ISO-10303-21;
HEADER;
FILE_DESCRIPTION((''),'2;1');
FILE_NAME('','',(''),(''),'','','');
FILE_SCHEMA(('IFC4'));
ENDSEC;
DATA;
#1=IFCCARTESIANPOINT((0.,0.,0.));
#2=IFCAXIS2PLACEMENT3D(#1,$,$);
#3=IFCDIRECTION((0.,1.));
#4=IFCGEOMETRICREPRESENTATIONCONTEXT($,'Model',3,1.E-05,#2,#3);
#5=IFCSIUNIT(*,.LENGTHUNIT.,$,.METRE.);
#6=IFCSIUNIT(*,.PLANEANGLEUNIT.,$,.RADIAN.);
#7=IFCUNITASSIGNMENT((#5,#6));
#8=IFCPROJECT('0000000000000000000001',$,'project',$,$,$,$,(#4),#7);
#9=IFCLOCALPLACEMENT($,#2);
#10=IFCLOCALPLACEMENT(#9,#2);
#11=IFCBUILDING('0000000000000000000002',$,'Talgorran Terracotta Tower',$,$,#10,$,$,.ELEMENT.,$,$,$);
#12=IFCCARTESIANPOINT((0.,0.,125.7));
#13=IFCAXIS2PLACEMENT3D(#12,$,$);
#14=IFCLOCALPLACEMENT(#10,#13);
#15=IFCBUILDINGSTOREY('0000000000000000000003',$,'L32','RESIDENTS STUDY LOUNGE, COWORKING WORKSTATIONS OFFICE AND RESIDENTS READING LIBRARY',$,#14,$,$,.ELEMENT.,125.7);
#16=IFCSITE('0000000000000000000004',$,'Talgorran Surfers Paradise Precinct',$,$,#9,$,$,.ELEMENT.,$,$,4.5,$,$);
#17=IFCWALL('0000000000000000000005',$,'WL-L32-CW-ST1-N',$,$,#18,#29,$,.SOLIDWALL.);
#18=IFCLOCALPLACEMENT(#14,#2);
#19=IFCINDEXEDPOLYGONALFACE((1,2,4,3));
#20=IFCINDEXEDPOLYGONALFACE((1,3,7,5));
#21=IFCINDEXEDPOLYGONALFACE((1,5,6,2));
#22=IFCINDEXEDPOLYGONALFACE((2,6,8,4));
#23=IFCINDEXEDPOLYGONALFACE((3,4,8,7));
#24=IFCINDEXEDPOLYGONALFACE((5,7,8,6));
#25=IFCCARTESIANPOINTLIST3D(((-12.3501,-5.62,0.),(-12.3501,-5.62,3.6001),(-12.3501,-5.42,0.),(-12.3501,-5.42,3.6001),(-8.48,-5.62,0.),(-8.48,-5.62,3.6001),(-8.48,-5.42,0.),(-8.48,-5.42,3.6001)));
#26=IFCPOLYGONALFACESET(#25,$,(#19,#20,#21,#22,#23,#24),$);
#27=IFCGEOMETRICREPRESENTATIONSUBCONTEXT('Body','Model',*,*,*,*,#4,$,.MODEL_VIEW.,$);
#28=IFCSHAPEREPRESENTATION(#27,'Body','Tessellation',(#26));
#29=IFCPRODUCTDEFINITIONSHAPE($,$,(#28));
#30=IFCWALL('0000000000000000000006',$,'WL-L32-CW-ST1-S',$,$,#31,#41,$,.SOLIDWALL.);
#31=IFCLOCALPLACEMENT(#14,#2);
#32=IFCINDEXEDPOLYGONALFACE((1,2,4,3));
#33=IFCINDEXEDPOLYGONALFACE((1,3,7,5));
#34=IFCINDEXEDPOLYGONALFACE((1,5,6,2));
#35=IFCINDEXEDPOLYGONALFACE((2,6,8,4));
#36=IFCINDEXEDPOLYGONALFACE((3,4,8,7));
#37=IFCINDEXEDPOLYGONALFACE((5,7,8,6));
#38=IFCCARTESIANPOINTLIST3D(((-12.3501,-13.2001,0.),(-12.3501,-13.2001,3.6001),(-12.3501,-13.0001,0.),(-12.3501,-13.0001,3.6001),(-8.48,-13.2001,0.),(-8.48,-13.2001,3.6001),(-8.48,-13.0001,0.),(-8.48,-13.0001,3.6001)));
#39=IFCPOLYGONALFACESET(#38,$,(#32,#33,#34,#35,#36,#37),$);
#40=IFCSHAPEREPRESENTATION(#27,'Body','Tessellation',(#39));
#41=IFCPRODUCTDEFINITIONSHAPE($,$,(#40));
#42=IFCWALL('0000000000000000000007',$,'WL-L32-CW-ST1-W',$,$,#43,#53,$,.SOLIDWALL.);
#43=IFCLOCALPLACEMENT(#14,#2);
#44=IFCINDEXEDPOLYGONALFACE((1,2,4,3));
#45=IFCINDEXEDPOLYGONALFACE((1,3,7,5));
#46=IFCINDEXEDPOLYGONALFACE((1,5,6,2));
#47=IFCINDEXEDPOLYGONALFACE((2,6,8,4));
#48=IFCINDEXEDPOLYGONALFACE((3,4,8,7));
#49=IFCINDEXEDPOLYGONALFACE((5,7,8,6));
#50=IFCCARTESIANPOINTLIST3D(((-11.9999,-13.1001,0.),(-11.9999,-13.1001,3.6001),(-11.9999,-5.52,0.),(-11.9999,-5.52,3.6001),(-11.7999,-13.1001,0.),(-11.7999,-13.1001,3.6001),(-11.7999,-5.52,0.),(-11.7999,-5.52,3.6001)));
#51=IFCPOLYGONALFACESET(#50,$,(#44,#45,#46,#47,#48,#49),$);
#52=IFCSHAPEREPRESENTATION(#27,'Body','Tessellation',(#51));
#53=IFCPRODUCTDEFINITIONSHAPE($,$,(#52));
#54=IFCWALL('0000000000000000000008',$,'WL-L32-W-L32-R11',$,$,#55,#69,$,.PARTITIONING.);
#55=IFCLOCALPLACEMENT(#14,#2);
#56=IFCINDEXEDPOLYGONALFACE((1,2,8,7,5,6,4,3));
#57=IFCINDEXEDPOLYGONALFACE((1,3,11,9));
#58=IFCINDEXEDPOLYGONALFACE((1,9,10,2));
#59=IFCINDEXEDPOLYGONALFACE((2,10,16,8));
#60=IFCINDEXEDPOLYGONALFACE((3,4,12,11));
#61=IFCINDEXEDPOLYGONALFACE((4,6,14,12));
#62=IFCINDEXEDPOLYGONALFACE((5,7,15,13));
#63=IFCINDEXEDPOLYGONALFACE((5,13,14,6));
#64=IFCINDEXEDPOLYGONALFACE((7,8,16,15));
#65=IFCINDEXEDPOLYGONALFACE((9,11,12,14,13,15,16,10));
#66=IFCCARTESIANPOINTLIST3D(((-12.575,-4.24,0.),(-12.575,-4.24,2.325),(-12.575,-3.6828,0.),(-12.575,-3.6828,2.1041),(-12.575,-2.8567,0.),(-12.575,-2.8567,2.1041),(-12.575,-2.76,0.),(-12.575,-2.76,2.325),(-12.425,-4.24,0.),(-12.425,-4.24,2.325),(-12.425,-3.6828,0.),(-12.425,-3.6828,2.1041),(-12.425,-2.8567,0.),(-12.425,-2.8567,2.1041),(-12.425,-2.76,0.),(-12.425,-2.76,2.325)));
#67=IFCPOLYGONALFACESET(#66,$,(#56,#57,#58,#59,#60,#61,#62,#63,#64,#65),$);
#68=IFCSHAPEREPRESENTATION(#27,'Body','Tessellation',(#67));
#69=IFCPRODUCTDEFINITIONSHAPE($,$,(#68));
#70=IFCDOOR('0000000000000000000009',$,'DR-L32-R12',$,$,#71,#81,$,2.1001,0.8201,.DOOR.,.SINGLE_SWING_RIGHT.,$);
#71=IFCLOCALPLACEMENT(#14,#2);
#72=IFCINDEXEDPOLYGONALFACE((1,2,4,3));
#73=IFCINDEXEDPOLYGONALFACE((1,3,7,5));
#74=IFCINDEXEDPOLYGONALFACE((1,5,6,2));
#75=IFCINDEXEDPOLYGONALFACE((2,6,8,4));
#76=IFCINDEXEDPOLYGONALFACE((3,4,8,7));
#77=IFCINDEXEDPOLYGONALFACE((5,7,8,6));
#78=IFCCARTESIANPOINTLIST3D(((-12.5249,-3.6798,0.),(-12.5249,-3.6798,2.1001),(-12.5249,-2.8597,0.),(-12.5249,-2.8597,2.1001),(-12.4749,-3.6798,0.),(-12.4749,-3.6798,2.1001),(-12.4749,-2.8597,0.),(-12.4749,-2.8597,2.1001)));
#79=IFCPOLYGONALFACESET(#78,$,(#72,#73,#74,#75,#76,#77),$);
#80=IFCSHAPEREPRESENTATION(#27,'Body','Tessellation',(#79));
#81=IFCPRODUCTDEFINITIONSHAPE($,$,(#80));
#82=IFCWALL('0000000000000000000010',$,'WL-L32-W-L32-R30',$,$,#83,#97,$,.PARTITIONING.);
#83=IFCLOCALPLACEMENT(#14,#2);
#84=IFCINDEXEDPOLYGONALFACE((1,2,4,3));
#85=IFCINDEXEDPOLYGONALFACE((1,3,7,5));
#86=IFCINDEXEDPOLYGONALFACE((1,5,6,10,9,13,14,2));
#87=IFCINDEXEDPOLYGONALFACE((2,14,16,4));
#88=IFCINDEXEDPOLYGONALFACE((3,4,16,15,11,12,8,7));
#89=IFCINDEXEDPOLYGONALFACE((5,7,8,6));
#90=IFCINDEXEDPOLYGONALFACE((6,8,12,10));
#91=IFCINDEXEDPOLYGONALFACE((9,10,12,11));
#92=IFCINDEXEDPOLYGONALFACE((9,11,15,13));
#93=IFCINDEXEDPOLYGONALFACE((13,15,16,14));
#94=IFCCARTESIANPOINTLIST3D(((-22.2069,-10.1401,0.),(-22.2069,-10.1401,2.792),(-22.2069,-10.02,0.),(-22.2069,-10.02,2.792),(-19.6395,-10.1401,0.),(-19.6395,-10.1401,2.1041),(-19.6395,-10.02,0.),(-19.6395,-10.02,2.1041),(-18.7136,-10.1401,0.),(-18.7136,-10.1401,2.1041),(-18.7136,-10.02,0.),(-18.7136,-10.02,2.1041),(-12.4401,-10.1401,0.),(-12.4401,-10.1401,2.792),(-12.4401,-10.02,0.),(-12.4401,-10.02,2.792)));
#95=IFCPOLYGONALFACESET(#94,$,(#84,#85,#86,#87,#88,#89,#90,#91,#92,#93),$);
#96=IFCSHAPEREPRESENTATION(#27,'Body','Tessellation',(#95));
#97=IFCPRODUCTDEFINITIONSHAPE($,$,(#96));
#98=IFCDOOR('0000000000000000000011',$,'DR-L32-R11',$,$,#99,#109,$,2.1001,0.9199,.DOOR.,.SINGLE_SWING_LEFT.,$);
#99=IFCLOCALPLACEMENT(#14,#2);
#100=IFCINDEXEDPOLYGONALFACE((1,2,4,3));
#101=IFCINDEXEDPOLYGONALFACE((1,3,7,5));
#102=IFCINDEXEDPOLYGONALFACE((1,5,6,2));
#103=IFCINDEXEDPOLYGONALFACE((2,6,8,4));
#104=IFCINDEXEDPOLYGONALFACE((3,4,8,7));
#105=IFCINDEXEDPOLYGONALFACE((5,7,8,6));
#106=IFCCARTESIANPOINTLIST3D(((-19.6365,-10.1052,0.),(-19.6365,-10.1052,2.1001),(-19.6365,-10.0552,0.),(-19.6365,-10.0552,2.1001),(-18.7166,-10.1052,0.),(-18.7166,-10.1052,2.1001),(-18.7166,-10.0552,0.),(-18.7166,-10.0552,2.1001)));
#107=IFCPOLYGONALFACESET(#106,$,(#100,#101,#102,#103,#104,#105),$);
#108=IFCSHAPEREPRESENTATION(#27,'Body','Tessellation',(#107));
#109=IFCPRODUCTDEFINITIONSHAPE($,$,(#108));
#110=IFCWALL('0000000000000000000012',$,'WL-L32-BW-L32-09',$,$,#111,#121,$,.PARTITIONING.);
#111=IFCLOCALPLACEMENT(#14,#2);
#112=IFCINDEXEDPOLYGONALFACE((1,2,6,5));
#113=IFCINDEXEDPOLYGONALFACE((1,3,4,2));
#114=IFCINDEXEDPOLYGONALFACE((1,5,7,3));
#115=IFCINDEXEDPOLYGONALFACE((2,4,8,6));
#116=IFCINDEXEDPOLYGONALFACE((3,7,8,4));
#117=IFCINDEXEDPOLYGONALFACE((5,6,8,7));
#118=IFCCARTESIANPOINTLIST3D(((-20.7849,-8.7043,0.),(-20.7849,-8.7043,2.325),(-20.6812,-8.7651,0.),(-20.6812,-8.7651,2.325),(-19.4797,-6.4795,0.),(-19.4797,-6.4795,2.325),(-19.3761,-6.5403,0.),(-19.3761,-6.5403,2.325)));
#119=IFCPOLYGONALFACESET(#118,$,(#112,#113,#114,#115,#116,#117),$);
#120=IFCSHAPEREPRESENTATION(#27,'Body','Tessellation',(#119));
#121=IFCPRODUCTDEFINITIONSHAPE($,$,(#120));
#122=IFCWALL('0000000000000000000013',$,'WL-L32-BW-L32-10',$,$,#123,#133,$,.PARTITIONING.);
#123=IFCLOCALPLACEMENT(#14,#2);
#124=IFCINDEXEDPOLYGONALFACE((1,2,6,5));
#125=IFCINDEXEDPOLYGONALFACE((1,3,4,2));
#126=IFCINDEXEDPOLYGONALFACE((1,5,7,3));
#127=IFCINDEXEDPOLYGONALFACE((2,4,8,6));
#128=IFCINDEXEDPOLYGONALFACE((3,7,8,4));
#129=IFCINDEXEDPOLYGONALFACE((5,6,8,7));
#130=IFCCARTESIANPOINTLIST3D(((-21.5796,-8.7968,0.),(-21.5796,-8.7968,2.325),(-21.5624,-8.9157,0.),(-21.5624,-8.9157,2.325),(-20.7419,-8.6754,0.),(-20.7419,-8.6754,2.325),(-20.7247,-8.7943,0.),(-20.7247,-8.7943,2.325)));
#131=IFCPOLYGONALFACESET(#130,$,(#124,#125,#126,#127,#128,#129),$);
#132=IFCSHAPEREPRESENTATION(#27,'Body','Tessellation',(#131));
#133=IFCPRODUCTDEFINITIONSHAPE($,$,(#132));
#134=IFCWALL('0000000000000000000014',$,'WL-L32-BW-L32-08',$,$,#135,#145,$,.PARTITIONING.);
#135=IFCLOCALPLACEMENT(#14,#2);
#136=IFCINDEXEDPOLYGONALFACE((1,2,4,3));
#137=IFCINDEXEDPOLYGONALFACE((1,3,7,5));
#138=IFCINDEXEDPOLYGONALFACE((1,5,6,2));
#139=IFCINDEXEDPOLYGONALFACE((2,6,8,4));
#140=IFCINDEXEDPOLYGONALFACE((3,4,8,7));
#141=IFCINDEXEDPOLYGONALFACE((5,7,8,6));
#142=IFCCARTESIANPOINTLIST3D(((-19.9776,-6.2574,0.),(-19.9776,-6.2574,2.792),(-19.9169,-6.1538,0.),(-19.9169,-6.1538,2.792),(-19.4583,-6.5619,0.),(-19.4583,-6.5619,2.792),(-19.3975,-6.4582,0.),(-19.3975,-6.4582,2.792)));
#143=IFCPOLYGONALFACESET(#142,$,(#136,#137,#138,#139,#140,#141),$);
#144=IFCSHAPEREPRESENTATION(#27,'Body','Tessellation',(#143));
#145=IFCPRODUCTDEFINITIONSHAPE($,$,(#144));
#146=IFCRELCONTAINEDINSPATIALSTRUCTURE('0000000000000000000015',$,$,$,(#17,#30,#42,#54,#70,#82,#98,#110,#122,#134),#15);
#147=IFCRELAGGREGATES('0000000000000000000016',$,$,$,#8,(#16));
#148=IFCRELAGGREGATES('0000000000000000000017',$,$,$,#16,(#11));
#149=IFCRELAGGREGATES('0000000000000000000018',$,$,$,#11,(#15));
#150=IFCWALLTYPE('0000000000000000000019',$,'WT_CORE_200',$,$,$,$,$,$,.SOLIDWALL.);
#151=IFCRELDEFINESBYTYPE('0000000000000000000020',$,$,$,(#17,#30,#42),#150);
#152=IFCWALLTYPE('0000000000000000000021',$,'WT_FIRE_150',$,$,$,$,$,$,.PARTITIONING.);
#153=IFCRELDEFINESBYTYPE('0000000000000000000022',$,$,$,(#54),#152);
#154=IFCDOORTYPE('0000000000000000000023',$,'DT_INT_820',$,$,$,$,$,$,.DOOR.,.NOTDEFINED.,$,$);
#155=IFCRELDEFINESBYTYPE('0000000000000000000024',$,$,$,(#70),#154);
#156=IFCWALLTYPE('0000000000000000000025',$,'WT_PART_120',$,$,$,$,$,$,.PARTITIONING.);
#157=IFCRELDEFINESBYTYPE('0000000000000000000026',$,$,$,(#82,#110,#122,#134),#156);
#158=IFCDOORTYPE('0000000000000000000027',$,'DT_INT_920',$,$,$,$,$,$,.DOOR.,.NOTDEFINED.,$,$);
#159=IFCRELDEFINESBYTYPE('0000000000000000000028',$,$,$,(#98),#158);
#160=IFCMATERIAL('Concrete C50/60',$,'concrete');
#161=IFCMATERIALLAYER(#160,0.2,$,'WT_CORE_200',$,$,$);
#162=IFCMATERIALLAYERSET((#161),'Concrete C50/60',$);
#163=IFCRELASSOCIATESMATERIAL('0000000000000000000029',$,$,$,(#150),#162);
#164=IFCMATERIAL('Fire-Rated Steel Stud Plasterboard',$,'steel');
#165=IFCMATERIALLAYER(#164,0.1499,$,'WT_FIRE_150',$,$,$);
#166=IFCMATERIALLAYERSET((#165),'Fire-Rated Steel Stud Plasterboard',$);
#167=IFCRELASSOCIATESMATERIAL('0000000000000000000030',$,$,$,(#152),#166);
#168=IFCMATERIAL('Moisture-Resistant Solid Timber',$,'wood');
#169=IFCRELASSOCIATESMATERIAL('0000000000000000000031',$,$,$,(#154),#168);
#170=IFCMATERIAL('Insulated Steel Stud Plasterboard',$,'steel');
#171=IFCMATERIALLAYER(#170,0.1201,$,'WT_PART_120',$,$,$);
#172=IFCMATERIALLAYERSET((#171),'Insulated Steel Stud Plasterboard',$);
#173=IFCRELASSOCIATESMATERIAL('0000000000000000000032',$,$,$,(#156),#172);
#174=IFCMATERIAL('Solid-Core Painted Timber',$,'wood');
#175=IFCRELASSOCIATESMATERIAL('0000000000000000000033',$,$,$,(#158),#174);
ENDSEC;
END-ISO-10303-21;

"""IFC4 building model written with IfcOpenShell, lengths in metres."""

from ifc_helpers import new_model, si_unit, direction, frame, frame_2d, origin, place, context, subcontext, project, spatial, rectangle, extrude, material, layer, layer_set, type_object, element, fill, save


model = new_model("IFC4")

# Units and contexts
model_context = context("Model", 3, precision=1e-05, world=origin(), true_north=direction((0.0, 1.0)))
body_context = subcontext(model_context, "Body", "Model", "MODEL_VIEW")
ifc_project = project(units=[si_unit("LENGTHUNIT", "METRE"), si_unit("PLANEANGLEUNIT", "RADIAN")], contexts=[model_context])

# Site, building, storey
site_placement = place(None, origin())
site = spatial("IfcSite", under=ifc_project, at=site_placement, Name="Talgorran Surfers Paradise Precinct", CompositionType="ELEMENT", RefElevation=4.5)
building_placement = place(site_placement, origin())
building = spatial("IfcBuilding", under=site, at=building_placement, Name="Talgorran Terracotta Tower", CompositionType="ELEMENT")
storey_placement = place(building_placement, frame((0.0, 0.0, 125.7)))
storey = spatial("IfcBuildingStorey", under=building, at=storey_placement, Name="L32", Description="RESIDENTS STUDY LOUNGE, COWORKING WORKSTATIONS OFFICE AND RESIDENTS READING LIBRARY", CompositionType="ELEMENT", Elevation=125.7)

# Walls
ifc_material_1 = material(Name="Concrete C50/60", Category="concrete")
ifc_layer_1 = layer(ifc_material_1, 0.2, Name="WT_CORE_200")
ifc_layer_set_1 = layer_set([ifc_layer_1], Name="Concrete C50/60")
wall_type_1 = type_object("IfcWallType", Name="WT_CORE_200", PredefinedType="SOLIDWALL", material=ifc_layer_set_1)
for number, where, z_axis, x_axis, name in (
    (1, (-12.3501, -5.52, 0.0), (0.0, 0.0, 1.0), (1.0, 0.0, 0.0), "WL-L32-CW-ST1-N"),
    (2, (-12.3501, -13.1001, 0.0), (0.0, 0.0, 1.0), (1.0, 0.0, 0.0), "WL-L32-CW-ST1-S"),
):
    element("IfcWall", number, at=place(storey_placement, frame(where, z_axis=z_axis, x_axis=x_axis)), inside=storey, type_object=wall_type_1, Name=name, PredefinedType="SOLIDWALL", context=body_context, shape_type="SweptSolid", body=[
        extrude(rectangle(XDim=3.8701, YDim=0.2, at=frame_2d((1.9351, 0.0))), origin(), (0.0, 0.0, 1.0), 3.6001),
    ])
wall_1_placement = place(storey_placement, frame((-11.8999, -13.1001, 0.0), z_axis=(0.0, 0.0, 1.0), x_axis=(0.0, 1.0, 0.0)))
element("IfcWall", 3, at=wall_1_placement, inside=storey, type_object=wall_type_1, Name="WL-L32-CW-ST1-W", PredefinedType="SOLIDWALL", context=body_context, shape_type="SweptSolid", body=[
    extrude(rectangle(XDim=7.5801, YDim=0.2, at=frame_2d((3.79, 0.0))), origin(), (0.0, 0.0, 1.0), 3.6001),
])

# Walls, openings, doors
ifc_material_2 = material(Name="Fire-Rated Steel Stud Plasterboard", Category="steel")
ifc_layer_2 = layer(ifc_material_2, 0.1499, Name="WT_FIRE_150")
ifc_layer_set_2 = layer_set([ifc_layer_2], Name="Fire-Rated Steel Stud Plasterboard")
wall_type_2 = type_object("IfcWallType", Name="WT_FIRE_150", PredefinedType="PARTITIONING", material=ifc_layer_set_2)
wall_2_placement = place(storey_placement, frame((-12.5, -4.24, 0.0), z_axis=(0.0, 0.0, 1.0), x_axis=(0.0, 1.0, 0.0)))
wall_2 = element("IfcWall", 4, at=wall_2_placement, inside=storey, type_object=wall_type_2, Name="WL-L32-W-L32-R11", PredefinedType="PARTITIONING", context=body_context, shape_type="SweptSolid", body=[
    extrude(rectangle(XDim=1.48, YDim=0.1499, at=frame_2d((0.74, 0.0))), origin(), (0.0, 0.0, 1.0), 2.325),
])
opening_1_placement = place(wall_2_placement, frame((0.5601, 0.0, 0.0)))
opening_1 = element("IfcOpeningElement", 5, at=opening_1_placement, cuts=wall_2, PredefinedType="OPENING", context=body_context, shape_type="SweptSolid", body=[
    extrude(rectangle(XDim=0.8261, YDim=2.1041, at=frame_2d((0.4102, 1.052))), frame((0.0, 0.085, 0.0), z_axis=(0.0, -1.0, 0.0), x_axis=(1.0, 0.0, 0.0)), (0.0, 0.0, 1.0), 0.1699),
])
ifc_material_3 = material(Name="Moisture-Resistant Solid Timber", Category="wood")
door_type_1 = type_object("IfcDoorType", Name="DT_INT_820", OperationType="NOTDEFINED", PredefinedType="DOOR", material=ifc_material_3)
door_1_placement = place(opening_1_placement, origin())
door_1 = element("IfcDoor", 6, at=door_1_placement, inside=storey, type_object=door_type_1, Name="DR-L32-R12", OperationType="SINGLE_SWING_RIGHT", OverallHeight=2.1001, OverallWidth=0.8201, PredefinedType="DOOR", context=body_context, shape_type="SweptSolid", body=[
    extrude(rectangle(XDim=0.8201, YDim=2.1001, at=frame_2d((0.4102, 1.05))), frame((0.0, 0.0249, 0.0), z_axis=(0.0, -1.0, 0.0), x_axis=(1.0, 0.0, 0.0)), (0.0, 0.0, 1.0), 0.05),
])
fill(opening_1, door_1)
ifc_material_4 = material(Name="Insulated Steel Stud Plasterboard", Category="steel")
ifc_layer_3 = layer(ifc_material_4, 0.1201, Name="WT_PART_120")
ifc_layer_set_3 = layer_set([ifc_layer_3], Name="Insulated Steel Stud Plasterboard")
wall_type_3 = type_object("IfcWallType", Name="WT_PART_120", PredefinedType="PARTITIONING", material=ifc_layer_set_3)
wall_3_placement = place(storey_placement, frame((-22.2068, -10.0801, 0.0), z_axis=(0.0, 0.0, 1.0), x_axis=(1.0, 0.0, 0.0)))
wall_3 = element("IfcWall", 7, at=wall_3_placement, inside=storey, type_object=wall_type_3, Name="WL-L32-W-L32-R30", PredefinedType="PARTITIONING", context=body_context, shape_type="SweptSolid", body=[
    extrude(rectangle(XDim=9.7668, YDim=0.1201, at=frame_2d((4.8833, 0.0))), origin(), (0.0, 0.0, 1.0), 2.792),
])
opening_2_placement = place(wall_3_placement, frame((2.5703, 0.0, 0.0)))
opening_2 = element("IfcOpeningElement", 8, at=opening_2_placement, cuts=wall_3, PredefinedType="OPENING", context=body_context, shape_type="SweptSolid", body=[
    extrude(rectangle(XDim=0.9259, YDim=2.1041, at=frame_2d((0.46, 1.052))), frame((0.0, 0.0701, 0.0), z_axis=(0.0, -1.0, 0.0), x_axis=(1.0, 0.0, 0.0)), (0.0, 0.0, 1.0), 0.1401),
])
ifc_material_5 = material(Name="Solid-Core Painted Timber", Category="wood")
door_type_2 = type_object("IfcDoorType", Name="DT_INT_920", OperationType="NOTDEFINED", PredefinedType="DOOR", material=ifc_material_5)
door_2_placement = place(opening_2_placement, origin())
door_2 = element("IfcDoor", 9, at=door_2_placement, inside=storey, type_object=door_type_2, Name="DR-L32-R11", OperationType="SINGLE_SWING_LEFT", OverallHeight=2.1001, OverallWidth=0.9199, PredefinedType="DOOR", context=body_context, shape_type="SweptSolid", body=[
    extrude(rectangle(XDim=0.9199, YDim=2.1001, at=frame_2d((0.46, 1.05))), frame((0.0, 0.0249, 0.0), z_axis=(0.0, -1.0, 0.0), x_axis=(1.0, 0.0, 0.0)), (0.0, 0.0, 1.0), 0.05),
])
fill(opening_2, door_2)

# Walls
wall_4_placement = place(storey_placement, frame((-19.428, -6.51, 0.0), z_axis=(0.0, 0.0, 1.0), x_axis=(-0.505994, -0.862537, 0.0)))
element("IfcWall", 10, at=wall_4_placement, inside=storey, type_object=wall_type_3, Name="WL-L32-BW-L32-09", PredefinedType="PARTITIONING", context=body_context, shape_type="SweptSolid", body=[
    extrude(rectangle(XDim=2.5793, YDim=0.1201, at=frame_2d((1.2896, 0.0))), origin(), (0.0, 0.0, 1.0), 2.325),
])
wall_5_placement = place(storey_placement, frame((-20.7332, -8.7349, 0.0), z_axis=(0.0, 0.0, 1.0), x_axis=(-0.989671, -0.143359, 0.0)))
element("IfcWall", 11, at=wall_5_placement, inside=storey, type_object=wall_type_3, Name="WL-L32-BW-L32-10", PredefinedType="PARTITIONING", context=body_context, shape_type="SweptSolid", body=[
    extrude(rectangle(XDim=0.8464, YDim=0.1201, at=frame_2d((0.4233, 0.0))), origin(), (0.0, 0.0, 1.0), 2.325),
])
wall_6_placement = place(storey_placement, frame((-19.9473, -6.2056, 0.0), z_axis=(0.0, 0.0, 1.0), x_axis=(0.862674, -0.505761, 0.0)))
element("IfcWall", 12, at=wall_6_placement, inside=storey, type_object=wall_type_3, Name="WL-L32-BW-L32-08", PredefinedType="PARTITIONING", context=body_context, shape_type="SweptSolid", body=[
    extrude(rectangle(XDim=0.6021, YDim=0.1201, at=frame_2d((0.301, 0.0))), origin(), (0.0, 0.0, 1.0), 2.792),
])

save(model, "model.ifc")
